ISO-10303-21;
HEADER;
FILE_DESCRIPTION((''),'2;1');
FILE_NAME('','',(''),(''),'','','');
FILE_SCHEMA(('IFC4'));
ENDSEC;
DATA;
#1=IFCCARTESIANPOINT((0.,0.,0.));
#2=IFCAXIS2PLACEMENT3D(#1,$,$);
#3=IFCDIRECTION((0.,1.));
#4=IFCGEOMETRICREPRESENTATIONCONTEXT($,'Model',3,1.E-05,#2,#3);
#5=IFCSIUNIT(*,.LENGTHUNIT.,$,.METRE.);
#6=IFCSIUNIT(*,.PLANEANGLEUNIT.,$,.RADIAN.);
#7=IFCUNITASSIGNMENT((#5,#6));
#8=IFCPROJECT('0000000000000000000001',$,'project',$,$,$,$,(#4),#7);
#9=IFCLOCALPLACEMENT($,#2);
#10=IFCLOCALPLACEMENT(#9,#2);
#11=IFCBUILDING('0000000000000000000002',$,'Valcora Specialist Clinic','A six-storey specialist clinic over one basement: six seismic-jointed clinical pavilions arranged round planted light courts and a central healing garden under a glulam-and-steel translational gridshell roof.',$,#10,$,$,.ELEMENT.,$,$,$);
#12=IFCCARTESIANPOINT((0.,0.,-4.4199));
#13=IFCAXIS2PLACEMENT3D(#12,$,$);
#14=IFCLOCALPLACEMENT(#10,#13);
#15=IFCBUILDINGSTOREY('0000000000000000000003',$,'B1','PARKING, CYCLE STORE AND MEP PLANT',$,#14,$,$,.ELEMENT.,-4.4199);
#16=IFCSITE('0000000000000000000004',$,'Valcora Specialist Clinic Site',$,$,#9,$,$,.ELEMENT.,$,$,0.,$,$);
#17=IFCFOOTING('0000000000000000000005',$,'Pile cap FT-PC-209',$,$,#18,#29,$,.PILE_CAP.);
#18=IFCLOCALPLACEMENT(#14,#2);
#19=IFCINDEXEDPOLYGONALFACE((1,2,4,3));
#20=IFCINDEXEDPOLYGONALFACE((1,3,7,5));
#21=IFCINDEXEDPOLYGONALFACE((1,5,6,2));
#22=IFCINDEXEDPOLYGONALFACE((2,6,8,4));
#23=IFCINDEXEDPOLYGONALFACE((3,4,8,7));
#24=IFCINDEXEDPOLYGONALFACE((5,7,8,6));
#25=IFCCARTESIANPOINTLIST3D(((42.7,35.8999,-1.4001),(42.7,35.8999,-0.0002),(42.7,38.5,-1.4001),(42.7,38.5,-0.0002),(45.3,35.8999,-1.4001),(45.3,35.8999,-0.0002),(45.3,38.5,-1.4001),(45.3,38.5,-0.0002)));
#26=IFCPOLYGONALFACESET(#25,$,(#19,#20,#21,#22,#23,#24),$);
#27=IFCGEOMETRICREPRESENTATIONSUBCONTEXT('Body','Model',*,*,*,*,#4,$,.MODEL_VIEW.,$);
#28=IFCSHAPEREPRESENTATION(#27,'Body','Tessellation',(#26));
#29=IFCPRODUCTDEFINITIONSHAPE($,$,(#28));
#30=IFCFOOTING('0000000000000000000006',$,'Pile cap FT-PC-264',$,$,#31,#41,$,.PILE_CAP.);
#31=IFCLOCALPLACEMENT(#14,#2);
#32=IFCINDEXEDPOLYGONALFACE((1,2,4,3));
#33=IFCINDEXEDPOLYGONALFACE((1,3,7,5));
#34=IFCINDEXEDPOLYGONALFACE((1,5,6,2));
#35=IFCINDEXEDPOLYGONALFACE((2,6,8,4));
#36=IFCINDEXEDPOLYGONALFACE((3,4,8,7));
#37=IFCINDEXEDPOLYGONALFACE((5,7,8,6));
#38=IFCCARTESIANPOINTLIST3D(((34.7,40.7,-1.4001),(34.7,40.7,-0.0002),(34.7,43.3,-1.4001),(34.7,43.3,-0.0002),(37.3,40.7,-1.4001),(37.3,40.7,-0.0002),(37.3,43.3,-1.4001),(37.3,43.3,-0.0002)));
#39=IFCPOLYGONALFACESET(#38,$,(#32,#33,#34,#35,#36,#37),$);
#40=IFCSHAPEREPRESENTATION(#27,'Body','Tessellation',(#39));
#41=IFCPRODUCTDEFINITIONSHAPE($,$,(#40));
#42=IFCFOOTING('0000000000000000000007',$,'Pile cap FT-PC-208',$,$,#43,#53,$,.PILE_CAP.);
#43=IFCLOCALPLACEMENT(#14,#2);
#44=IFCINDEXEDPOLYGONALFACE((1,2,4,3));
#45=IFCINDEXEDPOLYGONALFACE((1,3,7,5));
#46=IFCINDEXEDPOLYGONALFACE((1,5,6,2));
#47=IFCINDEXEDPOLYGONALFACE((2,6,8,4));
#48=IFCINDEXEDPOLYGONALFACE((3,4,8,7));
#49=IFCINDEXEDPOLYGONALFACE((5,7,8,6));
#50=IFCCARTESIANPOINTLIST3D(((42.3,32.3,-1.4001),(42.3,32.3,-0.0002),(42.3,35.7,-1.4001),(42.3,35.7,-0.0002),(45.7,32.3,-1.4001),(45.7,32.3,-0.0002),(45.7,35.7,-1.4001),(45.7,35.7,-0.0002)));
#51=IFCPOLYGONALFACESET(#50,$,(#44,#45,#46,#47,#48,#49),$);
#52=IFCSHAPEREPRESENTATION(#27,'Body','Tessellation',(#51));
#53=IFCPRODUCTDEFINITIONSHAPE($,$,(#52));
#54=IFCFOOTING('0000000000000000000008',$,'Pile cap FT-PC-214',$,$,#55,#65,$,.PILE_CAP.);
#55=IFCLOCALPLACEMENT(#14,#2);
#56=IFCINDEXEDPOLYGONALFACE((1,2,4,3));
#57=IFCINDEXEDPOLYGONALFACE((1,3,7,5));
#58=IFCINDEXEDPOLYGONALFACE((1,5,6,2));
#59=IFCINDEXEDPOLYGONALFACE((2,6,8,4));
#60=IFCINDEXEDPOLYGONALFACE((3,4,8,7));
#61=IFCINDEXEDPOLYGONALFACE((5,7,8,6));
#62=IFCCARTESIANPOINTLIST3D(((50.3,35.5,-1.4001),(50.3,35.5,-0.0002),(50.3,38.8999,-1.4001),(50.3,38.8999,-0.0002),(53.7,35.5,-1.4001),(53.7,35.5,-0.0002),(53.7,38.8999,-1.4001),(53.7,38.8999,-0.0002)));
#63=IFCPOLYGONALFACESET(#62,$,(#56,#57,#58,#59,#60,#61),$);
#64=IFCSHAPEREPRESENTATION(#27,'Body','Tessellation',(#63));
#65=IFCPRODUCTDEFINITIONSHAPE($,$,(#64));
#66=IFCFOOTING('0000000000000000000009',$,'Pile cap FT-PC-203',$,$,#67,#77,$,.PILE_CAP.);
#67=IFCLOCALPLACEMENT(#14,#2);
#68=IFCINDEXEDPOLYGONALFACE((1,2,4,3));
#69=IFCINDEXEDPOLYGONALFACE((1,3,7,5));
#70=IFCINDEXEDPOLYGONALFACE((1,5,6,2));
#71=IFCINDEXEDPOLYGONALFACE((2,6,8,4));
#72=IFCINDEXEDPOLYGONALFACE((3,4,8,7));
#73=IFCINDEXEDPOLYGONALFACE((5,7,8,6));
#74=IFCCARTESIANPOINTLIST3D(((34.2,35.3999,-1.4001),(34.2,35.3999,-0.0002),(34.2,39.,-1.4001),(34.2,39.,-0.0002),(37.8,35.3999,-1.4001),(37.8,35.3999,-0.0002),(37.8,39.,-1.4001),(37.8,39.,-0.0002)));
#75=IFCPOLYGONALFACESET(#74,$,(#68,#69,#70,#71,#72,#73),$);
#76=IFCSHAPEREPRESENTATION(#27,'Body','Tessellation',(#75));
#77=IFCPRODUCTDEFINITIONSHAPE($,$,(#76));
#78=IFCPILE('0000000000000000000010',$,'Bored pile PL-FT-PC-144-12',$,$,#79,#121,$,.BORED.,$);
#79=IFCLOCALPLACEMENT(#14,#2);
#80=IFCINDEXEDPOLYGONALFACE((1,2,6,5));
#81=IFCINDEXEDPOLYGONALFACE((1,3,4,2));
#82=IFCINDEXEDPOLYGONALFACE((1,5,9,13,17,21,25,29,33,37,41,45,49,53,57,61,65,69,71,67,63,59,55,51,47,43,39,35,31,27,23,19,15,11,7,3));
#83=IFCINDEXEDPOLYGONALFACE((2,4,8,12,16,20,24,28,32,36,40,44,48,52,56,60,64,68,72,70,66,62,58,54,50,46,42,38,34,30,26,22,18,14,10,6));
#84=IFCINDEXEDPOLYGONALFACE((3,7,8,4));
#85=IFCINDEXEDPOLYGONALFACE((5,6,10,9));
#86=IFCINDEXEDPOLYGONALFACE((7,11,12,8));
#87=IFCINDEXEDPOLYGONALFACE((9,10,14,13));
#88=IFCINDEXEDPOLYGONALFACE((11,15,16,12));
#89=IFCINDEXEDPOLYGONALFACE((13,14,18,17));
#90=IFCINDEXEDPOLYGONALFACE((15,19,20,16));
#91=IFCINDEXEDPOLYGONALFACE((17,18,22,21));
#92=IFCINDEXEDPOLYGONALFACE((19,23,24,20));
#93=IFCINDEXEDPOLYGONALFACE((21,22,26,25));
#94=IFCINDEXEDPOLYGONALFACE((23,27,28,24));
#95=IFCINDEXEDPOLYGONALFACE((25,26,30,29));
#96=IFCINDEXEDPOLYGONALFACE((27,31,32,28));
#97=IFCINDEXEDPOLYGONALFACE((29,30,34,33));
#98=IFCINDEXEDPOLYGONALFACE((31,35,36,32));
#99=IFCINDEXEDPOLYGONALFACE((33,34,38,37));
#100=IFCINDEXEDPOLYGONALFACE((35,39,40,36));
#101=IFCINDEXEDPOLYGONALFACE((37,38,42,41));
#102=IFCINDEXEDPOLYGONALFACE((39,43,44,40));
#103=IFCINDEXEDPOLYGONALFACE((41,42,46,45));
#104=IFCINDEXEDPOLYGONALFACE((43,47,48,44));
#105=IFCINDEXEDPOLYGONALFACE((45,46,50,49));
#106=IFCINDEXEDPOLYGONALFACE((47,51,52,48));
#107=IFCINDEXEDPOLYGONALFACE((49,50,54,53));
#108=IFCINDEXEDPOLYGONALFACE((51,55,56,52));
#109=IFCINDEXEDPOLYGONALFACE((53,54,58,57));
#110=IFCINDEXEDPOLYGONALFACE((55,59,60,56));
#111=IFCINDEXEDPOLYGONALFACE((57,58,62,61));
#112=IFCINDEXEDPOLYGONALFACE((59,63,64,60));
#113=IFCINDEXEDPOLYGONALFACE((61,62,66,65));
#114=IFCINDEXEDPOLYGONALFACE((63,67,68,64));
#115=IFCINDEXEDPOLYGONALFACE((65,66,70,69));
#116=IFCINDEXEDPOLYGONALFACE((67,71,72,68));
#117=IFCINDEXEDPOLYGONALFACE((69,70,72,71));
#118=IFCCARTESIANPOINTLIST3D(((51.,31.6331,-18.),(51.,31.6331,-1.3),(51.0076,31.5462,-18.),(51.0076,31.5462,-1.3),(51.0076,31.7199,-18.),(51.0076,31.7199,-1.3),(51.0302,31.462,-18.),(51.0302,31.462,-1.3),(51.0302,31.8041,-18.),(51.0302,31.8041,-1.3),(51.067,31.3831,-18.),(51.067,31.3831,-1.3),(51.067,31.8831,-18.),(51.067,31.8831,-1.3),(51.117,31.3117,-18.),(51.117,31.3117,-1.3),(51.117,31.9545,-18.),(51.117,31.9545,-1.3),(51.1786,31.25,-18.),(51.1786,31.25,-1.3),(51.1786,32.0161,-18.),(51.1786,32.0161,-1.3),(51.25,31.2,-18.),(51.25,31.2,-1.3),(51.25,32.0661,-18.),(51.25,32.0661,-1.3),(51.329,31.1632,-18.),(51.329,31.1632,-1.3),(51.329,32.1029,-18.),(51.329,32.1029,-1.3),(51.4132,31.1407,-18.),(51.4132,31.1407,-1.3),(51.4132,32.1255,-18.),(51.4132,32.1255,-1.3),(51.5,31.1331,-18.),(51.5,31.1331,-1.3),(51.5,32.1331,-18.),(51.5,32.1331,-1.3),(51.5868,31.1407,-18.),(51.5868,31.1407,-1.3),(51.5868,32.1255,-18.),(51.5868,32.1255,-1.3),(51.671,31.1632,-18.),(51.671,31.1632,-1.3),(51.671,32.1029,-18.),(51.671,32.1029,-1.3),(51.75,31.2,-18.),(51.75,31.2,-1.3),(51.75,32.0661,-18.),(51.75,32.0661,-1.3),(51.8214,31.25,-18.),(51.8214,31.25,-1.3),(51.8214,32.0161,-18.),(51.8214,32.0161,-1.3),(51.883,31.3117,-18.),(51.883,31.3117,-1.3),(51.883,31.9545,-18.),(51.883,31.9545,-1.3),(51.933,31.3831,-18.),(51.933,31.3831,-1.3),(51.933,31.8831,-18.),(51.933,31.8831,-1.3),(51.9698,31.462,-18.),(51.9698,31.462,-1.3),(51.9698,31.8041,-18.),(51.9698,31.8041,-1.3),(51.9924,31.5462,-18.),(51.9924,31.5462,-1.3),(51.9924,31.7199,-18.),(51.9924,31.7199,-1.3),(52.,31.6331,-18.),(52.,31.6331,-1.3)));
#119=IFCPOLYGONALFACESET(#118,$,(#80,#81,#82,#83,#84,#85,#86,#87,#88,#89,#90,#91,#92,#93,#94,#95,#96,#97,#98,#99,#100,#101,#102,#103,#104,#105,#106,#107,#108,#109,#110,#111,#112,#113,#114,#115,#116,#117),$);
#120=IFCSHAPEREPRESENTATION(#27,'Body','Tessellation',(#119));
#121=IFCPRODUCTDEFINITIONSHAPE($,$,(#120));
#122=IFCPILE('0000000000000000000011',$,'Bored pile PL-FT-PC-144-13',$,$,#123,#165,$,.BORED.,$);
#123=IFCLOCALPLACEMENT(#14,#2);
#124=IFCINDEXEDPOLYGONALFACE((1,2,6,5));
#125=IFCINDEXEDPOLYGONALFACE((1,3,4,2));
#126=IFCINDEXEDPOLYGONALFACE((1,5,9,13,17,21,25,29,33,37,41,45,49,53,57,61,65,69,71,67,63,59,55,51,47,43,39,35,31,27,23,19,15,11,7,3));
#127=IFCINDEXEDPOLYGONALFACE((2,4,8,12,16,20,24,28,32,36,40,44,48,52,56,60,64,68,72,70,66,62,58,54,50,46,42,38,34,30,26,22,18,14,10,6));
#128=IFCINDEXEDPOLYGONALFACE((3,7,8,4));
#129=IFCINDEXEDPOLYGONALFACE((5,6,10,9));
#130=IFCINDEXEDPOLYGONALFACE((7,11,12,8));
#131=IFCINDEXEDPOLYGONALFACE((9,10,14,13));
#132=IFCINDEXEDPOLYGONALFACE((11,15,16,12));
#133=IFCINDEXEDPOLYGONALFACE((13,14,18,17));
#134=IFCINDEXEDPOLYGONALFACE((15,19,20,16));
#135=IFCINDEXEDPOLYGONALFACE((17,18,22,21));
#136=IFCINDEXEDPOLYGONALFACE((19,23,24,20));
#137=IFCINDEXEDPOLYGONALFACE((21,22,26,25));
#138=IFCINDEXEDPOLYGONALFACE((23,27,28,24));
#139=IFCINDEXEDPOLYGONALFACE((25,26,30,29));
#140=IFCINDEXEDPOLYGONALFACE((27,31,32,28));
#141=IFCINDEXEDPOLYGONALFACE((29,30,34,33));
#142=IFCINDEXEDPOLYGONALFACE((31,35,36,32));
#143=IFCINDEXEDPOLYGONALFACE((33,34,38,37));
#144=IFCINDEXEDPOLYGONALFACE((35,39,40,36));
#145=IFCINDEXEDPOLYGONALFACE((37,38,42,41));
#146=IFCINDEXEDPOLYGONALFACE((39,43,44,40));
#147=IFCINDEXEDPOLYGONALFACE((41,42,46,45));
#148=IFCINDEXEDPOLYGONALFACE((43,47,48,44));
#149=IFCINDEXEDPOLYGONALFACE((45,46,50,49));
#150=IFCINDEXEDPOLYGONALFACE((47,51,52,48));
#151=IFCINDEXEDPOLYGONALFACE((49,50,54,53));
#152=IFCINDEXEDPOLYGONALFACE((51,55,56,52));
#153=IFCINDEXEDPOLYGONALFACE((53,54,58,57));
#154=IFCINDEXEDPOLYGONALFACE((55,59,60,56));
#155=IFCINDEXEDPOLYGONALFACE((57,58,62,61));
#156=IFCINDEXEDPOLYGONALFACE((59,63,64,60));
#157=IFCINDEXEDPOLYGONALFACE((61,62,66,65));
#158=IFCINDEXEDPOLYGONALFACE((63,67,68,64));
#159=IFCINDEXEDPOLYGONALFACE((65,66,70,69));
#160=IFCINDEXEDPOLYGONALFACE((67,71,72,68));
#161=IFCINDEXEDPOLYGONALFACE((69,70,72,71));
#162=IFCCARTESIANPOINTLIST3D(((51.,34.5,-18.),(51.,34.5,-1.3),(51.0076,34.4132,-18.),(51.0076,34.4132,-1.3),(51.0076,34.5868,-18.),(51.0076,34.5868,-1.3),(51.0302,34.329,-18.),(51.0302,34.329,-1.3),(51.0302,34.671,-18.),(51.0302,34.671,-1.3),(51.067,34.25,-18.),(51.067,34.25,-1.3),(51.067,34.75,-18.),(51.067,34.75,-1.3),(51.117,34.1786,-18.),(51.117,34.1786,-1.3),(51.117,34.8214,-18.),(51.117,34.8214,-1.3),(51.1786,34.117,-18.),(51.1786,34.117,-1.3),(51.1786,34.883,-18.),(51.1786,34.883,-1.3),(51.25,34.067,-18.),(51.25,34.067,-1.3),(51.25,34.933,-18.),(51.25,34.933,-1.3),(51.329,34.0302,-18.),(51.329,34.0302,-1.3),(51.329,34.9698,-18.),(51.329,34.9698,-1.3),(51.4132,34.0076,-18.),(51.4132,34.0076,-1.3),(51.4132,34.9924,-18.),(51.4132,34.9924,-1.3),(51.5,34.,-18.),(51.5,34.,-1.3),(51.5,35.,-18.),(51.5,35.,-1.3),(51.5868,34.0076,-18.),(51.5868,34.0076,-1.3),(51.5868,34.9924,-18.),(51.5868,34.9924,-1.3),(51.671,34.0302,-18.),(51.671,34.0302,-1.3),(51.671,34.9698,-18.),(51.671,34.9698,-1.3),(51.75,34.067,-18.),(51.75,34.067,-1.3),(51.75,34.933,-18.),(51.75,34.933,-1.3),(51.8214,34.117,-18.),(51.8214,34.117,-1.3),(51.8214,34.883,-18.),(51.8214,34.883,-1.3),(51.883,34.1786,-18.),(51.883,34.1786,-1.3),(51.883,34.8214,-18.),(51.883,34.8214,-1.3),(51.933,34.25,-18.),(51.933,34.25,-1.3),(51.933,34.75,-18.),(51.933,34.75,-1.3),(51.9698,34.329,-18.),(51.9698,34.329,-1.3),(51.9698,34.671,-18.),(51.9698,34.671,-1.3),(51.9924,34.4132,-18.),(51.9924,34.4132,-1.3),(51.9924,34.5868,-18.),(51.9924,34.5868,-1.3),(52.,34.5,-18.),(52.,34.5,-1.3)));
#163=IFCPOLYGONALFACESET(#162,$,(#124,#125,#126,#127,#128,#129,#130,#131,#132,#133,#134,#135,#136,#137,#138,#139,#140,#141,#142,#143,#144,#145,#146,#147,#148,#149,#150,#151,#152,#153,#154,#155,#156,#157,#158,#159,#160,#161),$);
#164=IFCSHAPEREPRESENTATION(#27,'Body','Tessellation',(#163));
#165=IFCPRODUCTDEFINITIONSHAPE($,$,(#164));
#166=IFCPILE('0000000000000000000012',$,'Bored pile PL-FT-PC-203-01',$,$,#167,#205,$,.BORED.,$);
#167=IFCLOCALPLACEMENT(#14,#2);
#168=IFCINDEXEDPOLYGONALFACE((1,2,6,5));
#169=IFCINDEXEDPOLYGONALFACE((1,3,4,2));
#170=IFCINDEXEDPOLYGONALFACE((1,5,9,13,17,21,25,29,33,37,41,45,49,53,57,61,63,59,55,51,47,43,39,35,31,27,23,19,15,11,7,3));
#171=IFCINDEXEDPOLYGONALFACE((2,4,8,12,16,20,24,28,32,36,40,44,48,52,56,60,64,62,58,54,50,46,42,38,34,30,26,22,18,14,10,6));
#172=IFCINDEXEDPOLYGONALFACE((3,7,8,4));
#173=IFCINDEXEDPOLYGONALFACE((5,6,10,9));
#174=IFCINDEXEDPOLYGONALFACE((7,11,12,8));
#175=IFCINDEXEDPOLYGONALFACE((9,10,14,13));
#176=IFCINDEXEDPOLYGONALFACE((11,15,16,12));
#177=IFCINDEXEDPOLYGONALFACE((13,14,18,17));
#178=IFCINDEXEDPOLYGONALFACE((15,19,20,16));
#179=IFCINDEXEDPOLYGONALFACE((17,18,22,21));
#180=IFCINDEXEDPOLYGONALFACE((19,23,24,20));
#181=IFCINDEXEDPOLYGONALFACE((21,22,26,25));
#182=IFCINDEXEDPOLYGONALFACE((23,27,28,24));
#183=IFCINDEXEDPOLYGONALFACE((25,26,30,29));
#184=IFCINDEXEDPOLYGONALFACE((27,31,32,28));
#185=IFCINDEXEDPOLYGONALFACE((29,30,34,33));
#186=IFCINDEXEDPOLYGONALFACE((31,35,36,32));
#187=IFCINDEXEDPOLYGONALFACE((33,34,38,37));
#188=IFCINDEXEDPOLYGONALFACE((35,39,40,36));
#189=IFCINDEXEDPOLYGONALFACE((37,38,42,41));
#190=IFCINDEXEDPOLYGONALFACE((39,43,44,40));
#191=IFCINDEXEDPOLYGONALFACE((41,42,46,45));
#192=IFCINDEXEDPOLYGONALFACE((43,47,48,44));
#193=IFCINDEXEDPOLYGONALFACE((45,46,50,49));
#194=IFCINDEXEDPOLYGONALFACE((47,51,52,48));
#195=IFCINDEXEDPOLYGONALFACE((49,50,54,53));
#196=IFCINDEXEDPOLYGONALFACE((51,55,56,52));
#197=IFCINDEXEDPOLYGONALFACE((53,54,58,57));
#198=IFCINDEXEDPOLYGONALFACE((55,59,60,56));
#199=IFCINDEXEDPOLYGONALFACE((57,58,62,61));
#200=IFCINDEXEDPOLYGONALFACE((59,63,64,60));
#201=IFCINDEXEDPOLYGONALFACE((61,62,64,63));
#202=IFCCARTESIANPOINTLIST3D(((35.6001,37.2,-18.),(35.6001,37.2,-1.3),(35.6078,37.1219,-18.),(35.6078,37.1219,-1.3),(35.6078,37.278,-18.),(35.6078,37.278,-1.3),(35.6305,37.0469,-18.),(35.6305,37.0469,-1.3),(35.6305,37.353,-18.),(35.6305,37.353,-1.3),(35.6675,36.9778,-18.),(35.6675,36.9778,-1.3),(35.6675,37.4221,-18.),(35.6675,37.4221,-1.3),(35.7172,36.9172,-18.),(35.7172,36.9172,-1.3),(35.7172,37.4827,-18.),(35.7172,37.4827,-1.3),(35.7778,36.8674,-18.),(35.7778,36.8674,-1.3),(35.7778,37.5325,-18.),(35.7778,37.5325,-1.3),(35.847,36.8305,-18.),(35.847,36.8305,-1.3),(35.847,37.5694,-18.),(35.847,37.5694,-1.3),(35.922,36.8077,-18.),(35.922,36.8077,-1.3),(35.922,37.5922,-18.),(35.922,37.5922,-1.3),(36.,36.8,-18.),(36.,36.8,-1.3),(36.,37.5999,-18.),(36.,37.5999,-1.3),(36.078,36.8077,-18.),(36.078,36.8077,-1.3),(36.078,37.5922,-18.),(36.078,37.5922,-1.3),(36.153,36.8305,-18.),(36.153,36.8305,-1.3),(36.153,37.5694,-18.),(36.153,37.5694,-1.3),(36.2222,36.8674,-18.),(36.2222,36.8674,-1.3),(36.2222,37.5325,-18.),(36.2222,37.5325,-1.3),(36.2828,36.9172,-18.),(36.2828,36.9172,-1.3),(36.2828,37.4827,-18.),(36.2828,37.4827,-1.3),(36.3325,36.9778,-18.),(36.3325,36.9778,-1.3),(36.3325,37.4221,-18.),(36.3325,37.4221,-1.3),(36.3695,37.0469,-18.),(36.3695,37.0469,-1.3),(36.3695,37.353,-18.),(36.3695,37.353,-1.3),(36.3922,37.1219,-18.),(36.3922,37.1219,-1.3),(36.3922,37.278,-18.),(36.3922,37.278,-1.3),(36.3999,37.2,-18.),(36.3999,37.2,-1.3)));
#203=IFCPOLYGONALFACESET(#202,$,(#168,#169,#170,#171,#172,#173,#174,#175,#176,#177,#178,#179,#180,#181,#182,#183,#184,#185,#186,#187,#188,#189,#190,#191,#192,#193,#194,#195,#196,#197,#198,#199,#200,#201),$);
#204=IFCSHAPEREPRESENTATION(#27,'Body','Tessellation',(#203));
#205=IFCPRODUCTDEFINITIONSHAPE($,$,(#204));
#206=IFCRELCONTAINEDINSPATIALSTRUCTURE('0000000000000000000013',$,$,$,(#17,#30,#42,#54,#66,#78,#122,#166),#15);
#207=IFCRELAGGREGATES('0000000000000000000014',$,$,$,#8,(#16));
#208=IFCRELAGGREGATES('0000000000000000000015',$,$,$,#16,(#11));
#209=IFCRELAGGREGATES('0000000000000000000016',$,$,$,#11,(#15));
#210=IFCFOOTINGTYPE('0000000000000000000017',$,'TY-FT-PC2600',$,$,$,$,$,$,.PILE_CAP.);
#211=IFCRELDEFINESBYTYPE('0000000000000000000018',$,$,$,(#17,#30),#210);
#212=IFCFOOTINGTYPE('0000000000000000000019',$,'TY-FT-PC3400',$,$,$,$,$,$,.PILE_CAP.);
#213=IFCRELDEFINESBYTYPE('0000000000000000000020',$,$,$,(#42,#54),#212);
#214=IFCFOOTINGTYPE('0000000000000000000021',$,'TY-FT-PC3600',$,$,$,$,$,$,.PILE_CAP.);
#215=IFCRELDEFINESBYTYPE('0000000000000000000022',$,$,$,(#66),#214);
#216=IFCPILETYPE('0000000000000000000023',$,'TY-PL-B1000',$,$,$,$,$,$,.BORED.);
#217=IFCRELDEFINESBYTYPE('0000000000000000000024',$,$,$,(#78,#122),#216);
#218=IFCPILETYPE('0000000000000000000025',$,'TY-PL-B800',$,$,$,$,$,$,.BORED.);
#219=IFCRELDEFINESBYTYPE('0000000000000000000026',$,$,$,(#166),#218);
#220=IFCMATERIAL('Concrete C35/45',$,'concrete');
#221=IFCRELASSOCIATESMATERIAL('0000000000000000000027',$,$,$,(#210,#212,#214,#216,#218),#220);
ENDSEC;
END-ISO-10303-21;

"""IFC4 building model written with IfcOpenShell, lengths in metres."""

from ifc_helpers import new_model, si_unit, direction, frame, origin, origin_2d, place, context, subcontext, project, spatial, rectangle, circle, extrude, material, material_profile, profile_set, type_object, element, save


model = new_model("IFC4")

# Units and contexts
model_context = context("Model", 3, precision=1e-05, world=origin(), true_north=direction((0.0, 1.0)))
body_context = subcontext(model_context, "Body", "Model", "MODEL_VIEW")
ifc_project = project(units=[si_unit("LENGTHUNIT", "METRE"), si_unit("PLANEANGLEUNIT", "RADIAN")], contexts=[model_context])

# Site, building, storey
site_placement = place(None, origin())
site = spatial("IfcSite", under=ifc_project, at=site_placement, Name="Valcora Specialist Clinic Site", CompositionType="ELEMENT", RefElevation=0.0)
building_placement = place(site_placement, origin())
building = spatial("IfcBuilding", under=site, at=building_placement, Name="Valcora Specialist Clinic", Description="A six-storey specialist clinic over one basement: six seismic-jointed clinical pavilions arranged round planted light courts and a central healing garden under a glulam-and-steel translational gridshell roof.", CompositionType="ELEMENT")
storey_placement = place(building_placement, frame((0.0, 0.0, -4.4199)))
storey = spatial("IfcBuildingStorey", under=building, at=storey_placement, Name="B1", Description="PARKING, CYCLE STORE AND MEP PLANT", CompositionType="ELEMENT", Elevation=-4.4199)

# Footings
ifc_material_1 = material(Name="Concrete C35/45", Category="concrete")
footing_type_1 = type_object("IfcFootingType", Name="TY-FT-PC2600", PredefinedType="PILE_CAP", material=ifc_material_1)
for number, where, z_axis, x_axis, name in (
    (1, (44.0, 37.2, -1.4001), (0.0, 0.0, 1.0), (1.0, 0.0, 0.0), "Pile cap FT-PC-209"),
    (2, (36.0, 42.0, -1.4001), (0.0, 0.0, 1.0), (1.0, 0.0, 0.0), "Pile cap FT-PC-264"),
):
    element("IfcFooting", number, at=place(storey_placement, frame(where, z_axis=z_axis, x_axis=x_axis)), inside=storey, type_object=footing_type_1, Name=name, PredefinedType="PILE_CAP", context=body_context, shape_type="SweptSolid", body=[
        extrude(rectangle(XDim=2.6001, YDim=2.6001, at=origin_2d()), origin(), (0.0, 0.0, 1.0), 1.3999),
    ])
footing_type_2 = type_object("IfcFootingType", Name="TY-FT-PC3400", PredefinedType="PILE_CAP", material=ifc_material_1)
for number, where, z_axis, x_axis, name in (
    (3, (44.0, 34.0, -1.4001), (0.0, 0.0, 1.0), (1.0, 0.0, 0.0), "Pile cap FT-PC-208"),
    (4, (52.0, 37.2, -1.4001), (0.0, 0.0, 1.0), (1.0, 0.0, 0.0), "Pile cap FT-PC-214"),
):
    element("IfcFooting", number, at=place(storey_placement, frame(where, z_axis=z_axis, x_axis=x_axis)), inside=storey, type_object=footing_type_2, Name=name, PredefinedType="PILE_CAP", context=body_context, shape_type="SweptSolid", body=[
        extrude(rectangle(XDim=3.3999, YDim=3.3999, at=origin_2d()), origin(), (0.0, 0.0, 1.0), 1.3999),
    ])
footing_type_3 = type_object("IfcFootingType", Name="TY-FT-PC3600", PredefinedType="PILE_CAP", material=ifc_material_1)
footing_placement = place(storey_placement, frame((36.0, 37.2, -1.4001), z_axis=(0.0, 0.0, 1.0), x_axis=(1.0, 0.0, 0.0)))
element("IfcFooting", 5, at=footing_placement, inside=storey, type_object=footing_type_3, Name="Pile cap FT-PC-203", PredefinedType="PILE_CAP", context=body_context, shape_type="SweptSolid", body=[
    extrude(rectangle(XDim=3.6001, YDim=3.6001, at=origin_2d()), origin(), (0.0, 0.0, 1.0), 1.3999),
])

# Piles
ifc_material_profile_1 = material_profile(ifc_material_1, circle(Radius=0.5, at=origin_2d()), Name="RC-PIL-D1000")
ifc_profile_set_1 = profile_set([ifc_material_profile_1], Name="Concrete C35/45")
pile_type_1 = type_object("IfcPileType", Name="TY-PL-B1000", PredefinedType="BORED", material=ifc_profile_set_1)
for number, where, z_axis, x_axis, name in (
    (6, (51.5, 31.6331, -1.3), (0.0, 0.0, -1.0), (1.0, 0.0, 0.0), "Bored pile PL-FT-PC-144-12"),
    (7, (51.5, 34.5, -1.3), (0.0, 0.0, -1.0), (1.0, 0.0, 0.0), "Bored pile PL-FT-PC-144-13"),
):
    element("IfcPile", number, at=place(storey_placement, frame(where, z_axis=z_axis, x_axis=x_axis)), inside=storey, type_object=pile_type_1, Name=name, PredefinedType="BORED", context=body_context, shape_type="SweptSolid", body=[
        extrude(circle(Radius=0.5, at=origin_2d()), origin(), (0.0, 0.0, 1.0), 16.7),
    ])
ifc_material_profile_2 = material_profile(ifc_material_1, circle(Radius=0.3999, at=origin_2d()), Name="RC-PIL-D800")
ifc_profile_set_2 = profile_set([ifc_material_profile_2], Name="Concrete C35/45")
pile_type_2 = type_object("IfcPileType", Name="TY-PL-B800", PredefinedType="BORED", material=ifc_profile_set_2)
for number, where, z_axis, x_axis, name in (
    (8, (36.0, 37.2, -1.3), (0.0, 0.0, -1.0), (1.0, 0.0, 0.0), "Bored pile PL-FT-PC-203-01"),
):
    element("IfcPile", number, at=place(storey_placement, frame(where, z_axis=z_axis, x_axis=x_axis)), inside=storey, type_object=pile_type_2, Name=name, PredefinedType="BORED", context=body_context, shape_type="SweptSolid", body=[
        extrude(circle(Radius=0.3999, at=origin_2d()), origin(), (0.0, 0.0, 1.0), 16.7),
    ])

save(model, "model.ifc")
